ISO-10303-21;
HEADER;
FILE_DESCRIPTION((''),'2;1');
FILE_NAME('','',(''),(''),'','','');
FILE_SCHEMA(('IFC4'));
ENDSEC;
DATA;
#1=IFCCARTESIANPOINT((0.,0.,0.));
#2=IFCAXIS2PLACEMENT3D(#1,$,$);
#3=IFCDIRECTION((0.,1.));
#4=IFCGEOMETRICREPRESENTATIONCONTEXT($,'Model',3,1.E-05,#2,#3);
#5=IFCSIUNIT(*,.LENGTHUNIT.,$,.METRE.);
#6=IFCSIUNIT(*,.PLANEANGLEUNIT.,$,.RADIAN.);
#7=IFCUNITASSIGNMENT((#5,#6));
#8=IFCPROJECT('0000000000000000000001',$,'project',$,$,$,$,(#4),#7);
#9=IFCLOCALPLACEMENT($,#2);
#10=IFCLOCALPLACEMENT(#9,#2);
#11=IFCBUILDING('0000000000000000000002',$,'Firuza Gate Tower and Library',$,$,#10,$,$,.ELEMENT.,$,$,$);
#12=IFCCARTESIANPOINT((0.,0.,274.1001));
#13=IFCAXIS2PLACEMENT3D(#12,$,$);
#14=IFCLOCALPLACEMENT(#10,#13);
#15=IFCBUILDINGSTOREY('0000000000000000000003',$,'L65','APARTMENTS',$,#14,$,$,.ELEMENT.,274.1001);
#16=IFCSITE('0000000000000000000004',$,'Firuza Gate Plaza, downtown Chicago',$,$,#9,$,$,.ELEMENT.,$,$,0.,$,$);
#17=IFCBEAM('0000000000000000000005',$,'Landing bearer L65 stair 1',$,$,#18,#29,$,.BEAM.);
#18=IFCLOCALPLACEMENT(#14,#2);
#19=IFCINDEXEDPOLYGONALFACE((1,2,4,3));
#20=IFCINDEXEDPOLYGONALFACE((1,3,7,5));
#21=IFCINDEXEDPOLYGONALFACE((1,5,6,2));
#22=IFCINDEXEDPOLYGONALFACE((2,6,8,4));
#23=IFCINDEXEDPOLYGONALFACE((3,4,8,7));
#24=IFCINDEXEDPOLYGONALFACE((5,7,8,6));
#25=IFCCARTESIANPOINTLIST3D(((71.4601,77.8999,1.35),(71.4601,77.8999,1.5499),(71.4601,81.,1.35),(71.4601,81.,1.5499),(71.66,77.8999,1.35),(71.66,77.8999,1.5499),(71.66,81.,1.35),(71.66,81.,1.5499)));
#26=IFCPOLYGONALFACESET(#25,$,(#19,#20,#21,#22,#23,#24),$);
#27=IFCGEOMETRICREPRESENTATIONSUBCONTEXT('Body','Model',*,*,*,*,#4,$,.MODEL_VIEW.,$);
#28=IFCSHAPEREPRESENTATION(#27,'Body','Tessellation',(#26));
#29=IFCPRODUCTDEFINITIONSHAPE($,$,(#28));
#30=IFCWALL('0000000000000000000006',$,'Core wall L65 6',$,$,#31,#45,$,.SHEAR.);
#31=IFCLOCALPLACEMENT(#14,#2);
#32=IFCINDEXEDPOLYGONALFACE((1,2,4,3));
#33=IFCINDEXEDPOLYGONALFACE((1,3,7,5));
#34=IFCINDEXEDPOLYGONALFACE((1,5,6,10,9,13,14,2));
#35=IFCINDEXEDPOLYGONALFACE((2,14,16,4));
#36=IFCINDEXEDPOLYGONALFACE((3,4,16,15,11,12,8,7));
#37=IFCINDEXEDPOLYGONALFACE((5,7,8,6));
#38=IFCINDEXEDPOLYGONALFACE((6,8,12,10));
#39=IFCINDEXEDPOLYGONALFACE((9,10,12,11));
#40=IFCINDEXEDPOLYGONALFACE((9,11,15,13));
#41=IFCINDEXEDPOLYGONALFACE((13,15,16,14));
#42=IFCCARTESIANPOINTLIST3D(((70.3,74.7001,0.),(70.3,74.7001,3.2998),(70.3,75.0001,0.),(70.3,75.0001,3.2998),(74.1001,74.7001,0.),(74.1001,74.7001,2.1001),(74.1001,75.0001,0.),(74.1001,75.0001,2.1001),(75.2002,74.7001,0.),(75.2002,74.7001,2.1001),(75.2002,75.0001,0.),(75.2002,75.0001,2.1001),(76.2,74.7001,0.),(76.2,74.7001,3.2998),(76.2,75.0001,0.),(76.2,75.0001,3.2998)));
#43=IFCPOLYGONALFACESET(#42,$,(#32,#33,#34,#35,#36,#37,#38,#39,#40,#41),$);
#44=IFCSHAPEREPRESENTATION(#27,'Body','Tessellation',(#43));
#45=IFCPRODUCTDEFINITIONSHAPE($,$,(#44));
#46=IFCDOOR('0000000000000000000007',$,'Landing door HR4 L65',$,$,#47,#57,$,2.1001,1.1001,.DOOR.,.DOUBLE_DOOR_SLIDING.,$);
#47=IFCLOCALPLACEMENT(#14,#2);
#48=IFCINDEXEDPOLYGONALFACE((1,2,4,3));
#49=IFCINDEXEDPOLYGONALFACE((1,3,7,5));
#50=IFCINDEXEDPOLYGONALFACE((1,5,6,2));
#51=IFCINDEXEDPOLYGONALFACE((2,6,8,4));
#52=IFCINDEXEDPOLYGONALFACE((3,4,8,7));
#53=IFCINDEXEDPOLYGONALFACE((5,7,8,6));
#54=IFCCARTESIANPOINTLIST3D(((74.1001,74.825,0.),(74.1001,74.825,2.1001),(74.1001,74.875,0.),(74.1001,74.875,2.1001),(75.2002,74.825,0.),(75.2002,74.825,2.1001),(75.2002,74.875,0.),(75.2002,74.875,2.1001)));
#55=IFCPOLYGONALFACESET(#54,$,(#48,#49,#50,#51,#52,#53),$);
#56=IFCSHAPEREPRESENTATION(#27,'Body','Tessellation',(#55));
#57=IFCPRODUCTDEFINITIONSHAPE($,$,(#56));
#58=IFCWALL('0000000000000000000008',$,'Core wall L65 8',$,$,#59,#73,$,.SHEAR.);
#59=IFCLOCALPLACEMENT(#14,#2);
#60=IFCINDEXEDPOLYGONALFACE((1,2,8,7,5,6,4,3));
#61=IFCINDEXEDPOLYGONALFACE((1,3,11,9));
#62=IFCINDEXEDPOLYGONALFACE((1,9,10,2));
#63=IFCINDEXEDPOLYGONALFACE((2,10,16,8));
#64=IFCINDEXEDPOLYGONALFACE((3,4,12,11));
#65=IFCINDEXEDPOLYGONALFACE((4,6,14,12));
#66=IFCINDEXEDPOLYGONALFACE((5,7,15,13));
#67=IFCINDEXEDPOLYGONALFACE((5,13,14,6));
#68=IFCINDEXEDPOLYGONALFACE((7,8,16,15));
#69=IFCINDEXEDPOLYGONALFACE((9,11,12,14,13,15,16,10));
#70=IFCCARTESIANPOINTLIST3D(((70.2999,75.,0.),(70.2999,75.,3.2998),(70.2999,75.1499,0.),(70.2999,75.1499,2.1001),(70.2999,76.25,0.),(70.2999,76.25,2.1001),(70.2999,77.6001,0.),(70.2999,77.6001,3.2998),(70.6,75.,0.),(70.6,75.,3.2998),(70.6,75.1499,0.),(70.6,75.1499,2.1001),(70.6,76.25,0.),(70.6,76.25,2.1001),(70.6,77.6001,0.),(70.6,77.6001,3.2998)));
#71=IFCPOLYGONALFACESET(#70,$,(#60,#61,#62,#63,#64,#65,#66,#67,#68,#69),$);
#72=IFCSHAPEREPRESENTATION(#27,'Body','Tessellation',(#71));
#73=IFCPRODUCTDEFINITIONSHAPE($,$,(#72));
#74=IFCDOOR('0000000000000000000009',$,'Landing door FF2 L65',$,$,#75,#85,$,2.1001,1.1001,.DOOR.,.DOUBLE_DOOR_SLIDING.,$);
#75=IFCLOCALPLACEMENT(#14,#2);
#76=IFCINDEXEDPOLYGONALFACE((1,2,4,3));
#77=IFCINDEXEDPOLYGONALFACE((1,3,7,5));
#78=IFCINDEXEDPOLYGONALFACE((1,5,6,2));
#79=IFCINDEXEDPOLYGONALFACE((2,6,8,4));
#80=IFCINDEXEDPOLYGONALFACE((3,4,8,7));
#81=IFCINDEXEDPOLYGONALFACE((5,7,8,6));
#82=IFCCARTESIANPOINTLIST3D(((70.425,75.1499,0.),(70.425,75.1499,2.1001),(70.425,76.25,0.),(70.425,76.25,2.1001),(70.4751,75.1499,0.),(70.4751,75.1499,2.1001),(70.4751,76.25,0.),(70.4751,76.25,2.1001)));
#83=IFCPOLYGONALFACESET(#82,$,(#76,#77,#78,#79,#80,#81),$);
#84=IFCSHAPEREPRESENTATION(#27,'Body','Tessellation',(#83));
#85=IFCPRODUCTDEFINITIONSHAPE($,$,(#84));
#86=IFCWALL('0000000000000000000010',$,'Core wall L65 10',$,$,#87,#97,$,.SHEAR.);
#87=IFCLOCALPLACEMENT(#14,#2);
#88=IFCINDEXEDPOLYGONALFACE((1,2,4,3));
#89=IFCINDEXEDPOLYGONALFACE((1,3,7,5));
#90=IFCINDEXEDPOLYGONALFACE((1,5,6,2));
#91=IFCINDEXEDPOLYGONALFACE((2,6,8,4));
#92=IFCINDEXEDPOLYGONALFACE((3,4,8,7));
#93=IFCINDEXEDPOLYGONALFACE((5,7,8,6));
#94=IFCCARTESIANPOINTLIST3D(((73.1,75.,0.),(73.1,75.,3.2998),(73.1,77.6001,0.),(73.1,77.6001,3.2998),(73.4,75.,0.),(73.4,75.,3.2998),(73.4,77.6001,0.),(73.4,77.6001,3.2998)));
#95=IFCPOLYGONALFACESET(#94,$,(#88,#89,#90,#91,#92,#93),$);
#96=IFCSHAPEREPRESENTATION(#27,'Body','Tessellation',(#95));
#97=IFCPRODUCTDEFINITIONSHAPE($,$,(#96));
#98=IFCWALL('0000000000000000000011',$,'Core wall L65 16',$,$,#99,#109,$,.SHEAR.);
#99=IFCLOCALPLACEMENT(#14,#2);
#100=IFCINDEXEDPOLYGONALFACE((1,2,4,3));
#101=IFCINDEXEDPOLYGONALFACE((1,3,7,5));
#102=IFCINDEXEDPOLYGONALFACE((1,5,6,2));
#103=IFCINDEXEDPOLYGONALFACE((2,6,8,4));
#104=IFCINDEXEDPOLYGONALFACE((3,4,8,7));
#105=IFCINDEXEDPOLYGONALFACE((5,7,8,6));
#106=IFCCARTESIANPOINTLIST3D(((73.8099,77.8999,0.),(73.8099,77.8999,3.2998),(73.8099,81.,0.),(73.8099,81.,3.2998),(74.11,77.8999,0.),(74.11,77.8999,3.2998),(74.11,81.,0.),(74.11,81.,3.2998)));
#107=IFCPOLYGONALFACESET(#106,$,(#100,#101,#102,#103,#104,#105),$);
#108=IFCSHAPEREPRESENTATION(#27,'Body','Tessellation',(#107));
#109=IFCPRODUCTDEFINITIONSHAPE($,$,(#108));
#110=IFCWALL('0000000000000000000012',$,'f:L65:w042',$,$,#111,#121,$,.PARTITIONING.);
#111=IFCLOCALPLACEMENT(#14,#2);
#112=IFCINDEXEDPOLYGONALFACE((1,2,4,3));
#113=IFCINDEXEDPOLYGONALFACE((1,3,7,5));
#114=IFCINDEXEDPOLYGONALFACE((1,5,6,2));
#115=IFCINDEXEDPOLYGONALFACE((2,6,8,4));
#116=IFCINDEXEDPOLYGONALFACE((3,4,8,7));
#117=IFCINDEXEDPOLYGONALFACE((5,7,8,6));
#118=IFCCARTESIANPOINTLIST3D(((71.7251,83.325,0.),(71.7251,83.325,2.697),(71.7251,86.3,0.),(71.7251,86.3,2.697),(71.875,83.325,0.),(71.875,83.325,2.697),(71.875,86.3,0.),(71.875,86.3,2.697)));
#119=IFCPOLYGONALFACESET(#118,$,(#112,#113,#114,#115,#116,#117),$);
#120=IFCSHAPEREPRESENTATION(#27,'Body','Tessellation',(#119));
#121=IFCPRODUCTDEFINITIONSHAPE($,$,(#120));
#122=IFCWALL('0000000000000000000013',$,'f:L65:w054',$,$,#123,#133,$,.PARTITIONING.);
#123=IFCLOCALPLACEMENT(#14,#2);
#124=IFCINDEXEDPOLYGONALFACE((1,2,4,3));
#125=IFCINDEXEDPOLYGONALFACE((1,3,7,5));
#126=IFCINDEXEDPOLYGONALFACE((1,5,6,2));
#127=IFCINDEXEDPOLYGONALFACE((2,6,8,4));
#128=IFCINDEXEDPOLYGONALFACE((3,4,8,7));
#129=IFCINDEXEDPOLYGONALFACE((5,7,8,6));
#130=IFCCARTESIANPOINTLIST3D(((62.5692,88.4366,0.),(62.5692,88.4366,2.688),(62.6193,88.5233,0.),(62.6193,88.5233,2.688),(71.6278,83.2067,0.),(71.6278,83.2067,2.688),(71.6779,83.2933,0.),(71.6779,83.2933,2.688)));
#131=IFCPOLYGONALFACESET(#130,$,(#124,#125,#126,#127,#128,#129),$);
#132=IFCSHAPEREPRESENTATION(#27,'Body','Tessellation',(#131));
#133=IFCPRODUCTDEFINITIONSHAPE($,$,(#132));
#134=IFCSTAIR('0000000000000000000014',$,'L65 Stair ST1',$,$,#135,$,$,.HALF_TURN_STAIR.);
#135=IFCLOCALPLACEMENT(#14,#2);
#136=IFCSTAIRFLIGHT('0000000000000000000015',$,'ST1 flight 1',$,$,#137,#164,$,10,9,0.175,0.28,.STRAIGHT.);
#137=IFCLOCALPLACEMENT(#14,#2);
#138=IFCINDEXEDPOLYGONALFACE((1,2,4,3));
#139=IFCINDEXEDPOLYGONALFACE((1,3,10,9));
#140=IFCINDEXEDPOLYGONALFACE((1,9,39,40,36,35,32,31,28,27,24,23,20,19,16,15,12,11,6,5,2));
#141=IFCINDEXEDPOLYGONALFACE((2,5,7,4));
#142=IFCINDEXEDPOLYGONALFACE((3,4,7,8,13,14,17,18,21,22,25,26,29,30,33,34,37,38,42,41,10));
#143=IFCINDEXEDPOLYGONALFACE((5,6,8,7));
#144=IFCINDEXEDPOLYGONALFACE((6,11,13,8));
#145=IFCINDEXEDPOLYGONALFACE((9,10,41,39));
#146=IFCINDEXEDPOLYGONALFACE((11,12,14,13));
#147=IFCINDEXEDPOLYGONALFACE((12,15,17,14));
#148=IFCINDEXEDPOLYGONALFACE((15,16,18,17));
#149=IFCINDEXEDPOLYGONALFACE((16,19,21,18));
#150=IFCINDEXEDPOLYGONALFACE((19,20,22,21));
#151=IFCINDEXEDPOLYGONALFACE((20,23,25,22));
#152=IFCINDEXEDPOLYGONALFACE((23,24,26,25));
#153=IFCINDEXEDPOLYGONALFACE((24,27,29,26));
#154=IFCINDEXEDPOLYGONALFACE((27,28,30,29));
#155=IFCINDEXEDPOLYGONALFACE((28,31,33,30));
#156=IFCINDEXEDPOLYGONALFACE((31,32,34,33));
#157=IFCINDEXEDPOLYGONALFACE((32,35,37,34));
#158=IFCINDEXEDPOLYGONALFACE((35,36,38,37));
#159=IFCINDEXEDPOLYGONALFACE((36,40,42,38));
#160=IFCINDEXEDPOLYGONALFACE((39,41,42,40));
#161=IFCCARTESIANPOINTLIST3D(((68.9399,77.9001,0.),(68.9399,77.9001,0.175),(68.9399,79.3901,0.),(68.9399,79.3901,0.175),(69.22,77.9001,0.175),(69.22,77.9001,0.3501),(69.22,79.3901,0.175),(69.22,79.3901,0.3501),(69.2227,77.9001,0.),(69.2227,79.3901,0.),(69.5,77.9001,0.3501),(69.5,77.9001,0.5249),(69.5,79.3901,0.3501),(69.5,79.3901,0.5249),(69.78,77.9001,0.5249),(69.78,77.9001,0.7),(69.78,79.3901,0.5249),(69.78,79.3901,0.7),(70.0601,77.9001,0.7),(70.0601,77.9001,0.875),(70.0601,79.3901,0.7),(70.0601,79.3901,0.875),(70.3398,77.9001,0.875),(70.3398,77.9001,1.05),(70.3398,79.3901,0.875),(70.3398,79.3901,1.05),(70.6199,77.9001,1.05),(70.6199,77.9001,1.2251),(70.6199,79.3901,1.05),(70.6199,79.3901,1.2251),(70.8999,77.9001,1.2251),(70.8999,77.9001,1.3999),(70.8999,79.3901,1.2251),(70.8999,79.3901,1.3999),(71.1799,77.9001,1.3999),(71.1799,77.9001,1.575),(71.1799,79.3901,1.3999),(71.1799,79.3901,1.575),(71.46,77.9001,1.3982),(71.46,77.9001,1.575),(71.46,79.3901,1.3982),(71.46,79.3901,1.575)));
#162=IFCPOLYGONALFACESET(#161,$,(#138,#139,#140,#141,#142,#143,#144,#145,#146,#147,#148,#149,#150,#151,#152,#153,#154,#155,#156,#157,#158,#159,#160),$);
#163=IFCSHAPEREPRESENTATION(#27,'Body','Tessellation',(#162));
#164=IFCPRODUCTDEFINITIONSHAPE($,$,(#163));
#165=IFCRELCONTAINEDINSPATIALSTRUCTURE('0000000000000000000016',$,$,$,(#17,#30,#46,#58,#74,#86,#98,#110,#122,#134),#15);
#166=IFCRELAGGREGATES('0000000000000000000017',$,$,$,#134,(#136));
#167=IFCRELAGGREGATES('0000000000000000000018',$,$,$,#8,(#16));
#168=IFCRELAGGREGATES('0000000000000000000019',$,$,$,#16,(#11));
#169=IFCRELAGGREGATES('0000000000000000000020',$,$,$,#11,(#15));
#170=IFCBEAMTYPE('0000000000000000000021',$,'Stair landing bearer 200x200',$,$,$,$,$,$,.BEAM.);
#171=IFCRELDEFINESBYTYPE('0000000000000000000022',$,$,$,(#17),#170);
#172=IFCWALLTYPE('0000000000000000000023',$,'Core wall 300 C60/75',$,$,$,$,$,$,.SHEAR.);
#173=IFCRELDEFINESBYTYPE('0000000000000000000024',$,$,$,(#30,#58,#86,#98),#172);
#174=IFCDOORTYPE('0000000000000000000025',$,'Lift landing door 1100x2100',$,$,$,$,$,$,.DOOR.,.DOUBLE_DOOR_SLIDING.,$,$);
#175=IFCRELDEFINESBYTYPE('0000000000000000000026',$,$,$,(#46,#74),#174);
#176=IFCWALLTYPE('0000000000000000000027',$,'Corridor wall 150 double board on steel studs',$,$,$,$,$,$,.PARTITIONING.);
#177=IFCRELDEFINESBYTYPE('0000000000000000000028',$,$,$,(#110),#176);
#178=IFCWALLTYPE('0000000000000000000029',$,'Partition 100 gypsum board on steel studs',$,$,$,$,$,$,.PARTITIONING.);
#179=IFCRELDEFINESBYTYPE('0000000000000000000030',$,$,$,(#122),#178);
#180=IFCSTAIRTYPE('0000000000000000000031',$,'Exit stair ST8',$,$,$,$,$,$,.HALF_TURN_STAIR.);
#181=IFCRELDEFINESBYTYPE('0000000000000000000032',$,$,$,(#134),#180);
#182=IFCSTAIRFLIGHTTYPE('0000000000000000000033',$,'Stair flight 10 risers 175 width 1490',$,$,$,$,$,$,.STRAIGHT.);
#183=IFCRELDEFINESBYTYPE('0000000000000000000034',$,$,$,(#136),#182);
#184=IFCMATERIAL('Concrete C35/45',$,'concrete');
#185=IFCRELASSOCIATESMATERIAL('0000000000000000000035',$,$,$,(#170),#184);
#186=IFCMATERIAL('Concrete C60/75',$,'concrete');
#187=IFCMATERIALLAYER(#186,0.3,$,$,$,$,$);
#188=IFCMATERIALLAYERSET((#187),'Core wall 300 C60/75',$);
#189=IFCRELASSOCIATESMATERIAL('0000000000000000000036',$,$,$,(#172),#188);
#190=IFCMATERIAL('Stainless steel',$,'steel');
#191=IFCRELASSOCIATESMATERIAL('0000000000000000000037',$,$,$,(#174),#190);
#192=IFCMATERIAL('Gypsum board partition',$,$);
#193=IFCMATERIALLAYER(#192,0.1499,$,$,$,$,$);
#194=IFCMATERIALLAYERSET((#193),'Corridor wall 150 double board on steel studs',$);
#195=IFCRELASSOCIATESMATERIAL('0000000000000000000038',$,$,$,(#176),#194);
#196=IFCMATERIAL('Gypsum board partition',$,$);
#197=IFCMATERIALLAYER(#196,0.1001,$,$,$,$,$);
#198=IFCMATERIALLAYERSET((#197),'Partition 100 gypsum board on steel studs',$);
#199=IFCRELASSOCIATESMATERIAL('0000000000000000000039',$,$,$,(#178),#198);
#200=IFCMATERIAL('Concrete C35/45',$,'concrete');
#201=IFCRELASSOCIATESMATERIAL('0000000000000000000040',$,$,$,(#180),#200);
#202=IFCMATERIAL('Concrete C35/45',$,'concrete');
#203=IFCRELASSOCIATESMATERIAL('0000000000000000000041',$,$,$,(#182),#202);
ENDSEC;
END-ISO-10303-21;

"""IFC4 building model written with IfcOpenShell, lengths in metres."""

from ifc_helpers import new_model, si_unit, direction, frame, frame_2d, origin, origin_2d, place, context, subcontext, project, spatial, polyline, rectangle, outline, extrude, material, layer, layer_set, material_profile, profile_set, type_object, element, fill, aggregate, save


model = new_model("IFC4")

# Units and contexts
model_context = context("Model", 3, precision=1e-05, world=origin(), true_north=direction((0.0, 1.0)))
body_context = subcontext(model_context, "Body", "Model", "MODEL_VIEW")
ifc_project = project(units=[si_unit("LENGTHUNIT", "METRE"), si_unit("PLANEANGLEUNIT", "RADIAN")], contexts=[model_context])

# Site, building, storey
site_placement = place(None, origin())
site = spatial("IfcSite", under=ifc_project, at=site_placement, Name="Firuza Gate Plaza, downtown Chicago", CompositionType="ELEMENT", RefElevation=0.0)
building_placement = place(site_placement, origin())
building = spatial("IfcBuilding", under=site, at=building_placement, Name="Firuza Gate Tower and Library", CompositionType="ELEMENT")
storey_placement = place(building_placement, frame((0.0, 0.0, 274.1001)))
storey = spatial("IfcBuildingStorey", under=building, at=storey_placement, Name="L65", Description="APARTMENTS", CompositionType="ELEMENT", Elevation=274.1001)

# Beam
ifc_material_1 = material(Name="Concrete C35/45", Category="concrete")
ifc_material_profile = material_profile(ifc_material_1, rectangle(XDim=0.2, YDim=0.2, at=origin_2d()))
ifc_profile_set = profile_set([ifc_material_profile], Name="Concrete C35/45")
beam_type = type_object("IfcBeamType", Name="Stair landing bearer 200x200", PredefinedType="BEAM", material=ifc_profile_set)
beam_placement = place(storey_placement, frame((71.5601, 77.8999, 1.45), z_axis=(0.0, 1.0, 0.0), x_axis=(-1.0, 0.0, 0.0)))
element("IfcBeam", 1, at=beam_placement, inside=storey, type_object=beam_type, Name="Landing bearer L65 stair 1", PredefinedType="BEAM", context=body_context, shape_type="SweptSolid", body=[
    extrude(rectangle(XDim=0.2, YDim=0.2, at=origin_2d()), origin(), (0.0, 0.0, 1.0), 3.1001),
])

# Walls, openings, doors
ifc_material_2 = material(Name="Concrete C60/75", Category="concrete")
ifc_layer_1 = layer(ifc_material_2, 0.3)
ifc_layer_set_1 = layer_set([ifc_layer_1], Name="Core wall 300 C60/75")
wall_type_1 = type_object("IfcWallType", Name="Core wall 300 C60/75", PredefinedType="SHEAR", material=ifc_layer_set_1)
wall_1_placement = place(storey_placement, frame((70.3, 74.8501, 0.0), z_axis=(0.0, 0.0, 1.0), x_axis=(1.0, 0.0, 0.0)))
wall_1 = element("IfcWall", 2, at=wall_1_placement, inside=storey, type_object=wall_type_1, Name="Core wall L65 6", PredefinedType="SHEAR", context=body_context, shape_type="SweptSolid", body=[
    extrude(rectangle(XDim=5.8999, YDim=0.3, at=frame_2d((2.95, 0.0))), origin(), (0.0, 0.0, 1.0), 3.2998),
])
opening_1_placement = place(wall_1_placement, frame((3.8, 0.0, 0.0)))
opening_1 = element("IfcOpeningElement", 3, at=opening_1_placement, cuts=wall_1, PredefinedType="OPENING", context=body_context, shape_type="SweptSolid", body=[
    extrude(rectangle(XDim=1.1001, YDim=2.1001, at=frame_2d((0.55, 1.05))), frame((0.0, 0.1602, 0.0), z_axis=(0.0, -1.0, 0.0), x_axis=(1.0, 0.0, 0.0)), (0.0, 0.0, 1.0), 0.3201),
])
ifc_material_3 = material(Name="Stainless steel", Category="steel")
door_type = type_object("IfcDoorType", Name="Lift landing door 1100x2100", OperationType="DOUBLE_DOOR_SLIDING", PredefinedType="DOOR", material=ifc_material_3)
door_1_placement = place(opening_1_placement, origin())
door_1 = element("IfcDoor", 4, at=door_1_placement, inside=storey, type_object=door_type, Name="Landing door HR4 L65", OperationType="DOUBLE_DOOR_SLIDING", OverallHeight=2.1001, OverallWidth=1.1001, PredefinedType="DOOR", context=body_context, shape_type="SweptSolid", body=[
    extrude(rectangle(XDim=1.1001, YDim=2.1001, at=frame_2d((0.55, 1.05))), frame((0.0, 0.0249, 0.0), z_axis=(0.0, -1.0, 0.0), x_axis=(1.0, 0.0, 0.0)), (0.0, 0.0, 1.0), 0.05),
])
fill(opening_1, door_1)
wall_2_placement = place(storey_placement, frame((70.45, 75.0, 0.0), z_axis=(0.0, 0.0, 1.0), x_axis=(0.0, 1.0, 0.0)))
wall_2 = element("IfcWall", 5, at=wall_2_placement, inside=storey, type_object=wall_type_1, Name="Core wall L65 8", PredefinedType="SHEAR", context=body_context, shape_type="SweptSolid", body=[
    extrude(rectangle(XDim=2.6001, YDim=0.3, at=frame_2d((1.3, 0.0))), origin(), (0.0, 0.0, 1.0), 3.2998),
])
opening_2_placement = place(wall_2_placement, frame((0.1499, 0.0, 0.0)))
opening_2 = element("IfcOpeningElement", 6, at=opening_2_placement, cuts=wall_2, PredefinedType="OPENING", context=body_context, shape_type="SweptSolid", body=[
    extrude(rectangle(XDim=1.1001, YDim=2.1001, at=frame_2d((0.55, 1.05))), frame((0.0, 0.1602, 0.0), z_axis=(0.0, -1.0, 0.0), x_axis=(1.0, 0.0, 0.0)), (0.0, 0.0, 1.0), 0.3201),
])
door_2_placement = place(opening_2_placement, origin())
door_2 = element("IfcDoor", 7, at=door_2_placement, inside=storey, type_object=door_type, Name="Landing door FF2 L65", OperationType="DOUBLE_DOOR_SLIDING", OverallHeight=2.1001, OverallWidth=1.1001, PredefinedType="DOOR", context=body_context, shape_type="SweptSolid", body=[
    extrude(rectangle(XDim=1.1001, YDim=2.1001, at=frame_2d((0.55, 1.05))), frame((0.0, 0.0249, 0.0), z_axis=(0.0, -1.0, 0.0), x_axis=(1.0, 0.0, 0.0)), (0.0, 0.0, 1.0), 0.05),
])
fill(opening_2, door_2)

# Walls
wall_3_placement = place(storey_placement, frame((73.25, 75.0, 0.0), z_axis=(0.0, 0.0, 1.0), x_axis=(0.0, 1.0, 0.0)))
element("IfcWall", 8, at=wall_3_placement, inside=storey, type_object=wall_type_1, Name="Core wall L65 10", PredefinedType="SHEAR", context=body_context, shape_type="SweptSolid", body=[
    extrude(rectangle(XDim=2.6001, YDim=0.3, at=frame_2d((1.3, 0.0))), origin(), (0.0, 0.0, 1.0), 3.2998),
])
wall_4_placement = place(storey_placement, frame((73.96, 77.8999, 0.0), z_axis=(0.0, 0.0, 1.0), x_axis=(0.0, 1.0, 0.0)))
element("IfcWall", 9, at=wall_4_placement, inside=storey, type_object=wall_type_1, Name="Core wall L65 16", PredefinedType="SHEAR", context=body_context, shape_type="SweptSolid", body=[
    extrude(rectangle(XDim=3.1001, YDim=0.3, at=frame_2d((1.55, 0.0))), origin(), (0.0, 0.0, 1.0), 3.2998),
])
ifc_material_4 = material(Name="Gypsum board partition")
ifc_layer_2 = layer(ifc_material_4, 0.1499)
ifc_layer_set_2 = layer_set([ifc_layer_2], Name="Corridor wall 150 double board on steel studs")
wall_type_2 = type_object("IfcWallType", Name="Corridor wall 150 double board on steel studs", PredefinedType="PARTITIONING", material=ifc_layer_set_2)
wall_5_placement = place(storey_placement, frame((71.8, 83.325, 0.0), z_axis=(0.0, 0.0, 1.0), x_axis=(0.0, 1.0, 0.0)))
element("IfcWall", 10, at=wall_5_placement, inside=storey, type_object=wall_type_2, Name="f:L65:w042", PredefinedType="PARTITIONING", context=body_context, shape_type="SweptSolid", body=[
    extrude(rectangle(XDim=2.9751, YDim=0.1499, at=frame_2d((1.4875, 0.0))), origin(), (0.0, 0.0, 1.0), 2.697),
])
ifc_material_5 = material(Name="Gypsum board partition")
ifc_layer_3 = layer(ifc_material_5, 0.1001)
ifc_layer_set_3 = layer_set([ifc_layer_3], Name="Partition 100 gypsum board on steel studs")
wall_type_3 = type_object("IfcWallType", Name="Partition 100 gypsum board on steel studs", PredefinedType="PARTITIONING", material=ifc_layer_set_3)
wall_6_placement = place(storey_placement, frame((71.6528, 83.25, 0.0), z_axis=(0.0, 0.0, 1.0), x_axis=(-0.866025, 0.5, 0.0)))
element("IfcWall", 11, at=wall_6_placement, inside=storey, type_object=wall_type_3, Name="f:L65:w054", PredefinedType="PARTITIONING", context=body_context, shape_type="SweptSolid", body=[
    extrude(rectangle(XDim=10.46, YDim=0.1001, at=frame_2d((5.23, 0.0))), origin(), (0.0, 0.0, 1.0), 2.688),
])

# Stair, stair flight
ifc_material_6 = material(Name="Concrete C35/45", Category="concrete")
stair_type = type_object("IfcStairType", Name="Exit stair ST8", PredefinedType="HALF_TURN_STAIR", material=ifc_material_6)
stair_placement = place(storey_placement, origin())
stair = element("IfcStair", 12, at=stair_placement, inside=storey, type_object=stair_type, Name="L65 Stair ST1", PredefinedType="HALF_TURN_STAIR")
ifc_material_7 = material(Name="Concrete C35/45", Category="concrete")
stair_flight_type = type_object("IfcStairFlightType", Name="Stair flight 10 risers 175 width 1490", PredefinedType="STRAIGHT", material=ifc_material_7)
stair_flight_1_placement = place(storey_placement, frame((68.9399, 78.645, 0.0), z_axis=(0.0, 0.0, 1.0), x_axis=(1.0, 0.0, 0.0)))
stair_flight_1 = element("IfcStairFlight", 13, at=stair_flight_1_placement, type_object=stair_flight_type, Name="ST1 flight 1", NumberOfRisers=10, NumberOfTreads=9, PredefinedType="STRAIGHT", RiserHeight=0.175, TreadLength=0.28, context=body_context, shape_type="SweptSolid", body=[
    extrude(outline(polyline([(0.0, 0.0), (0.0, 0.175), (0.28, 0.175), (0.28, 0.3501), (0.5601, 0.3501), (0.5601, 0.5249), (0.8401, 0.5249), (0.8401, 0.7), (1.1201, 0.7), (1.1201, 0.875), (1.3999, 0.875), (1.3999, 1.05), (1.6799, 1.05), (1.6799, 1.2251), (1.96, 1.2251), (1.96, 1.3999), (2.24, 1.3999), (2.24, 1.575), (2.52, 1.575), (2.52, 1.75), (2.52, 1.3982), (0.2827, 0.0), (0.0, 0.0)])), frame((0.0, 0.7451, 0.0), z_axis=(0.0, -1.0, 0.0), x_axis=(1.0, 0.0, 0.0)), (0.0, 0.0, 1.0), 1.49),
])
aggregate(stair, [stair_flight_1])

save(model, "model.ifc")
